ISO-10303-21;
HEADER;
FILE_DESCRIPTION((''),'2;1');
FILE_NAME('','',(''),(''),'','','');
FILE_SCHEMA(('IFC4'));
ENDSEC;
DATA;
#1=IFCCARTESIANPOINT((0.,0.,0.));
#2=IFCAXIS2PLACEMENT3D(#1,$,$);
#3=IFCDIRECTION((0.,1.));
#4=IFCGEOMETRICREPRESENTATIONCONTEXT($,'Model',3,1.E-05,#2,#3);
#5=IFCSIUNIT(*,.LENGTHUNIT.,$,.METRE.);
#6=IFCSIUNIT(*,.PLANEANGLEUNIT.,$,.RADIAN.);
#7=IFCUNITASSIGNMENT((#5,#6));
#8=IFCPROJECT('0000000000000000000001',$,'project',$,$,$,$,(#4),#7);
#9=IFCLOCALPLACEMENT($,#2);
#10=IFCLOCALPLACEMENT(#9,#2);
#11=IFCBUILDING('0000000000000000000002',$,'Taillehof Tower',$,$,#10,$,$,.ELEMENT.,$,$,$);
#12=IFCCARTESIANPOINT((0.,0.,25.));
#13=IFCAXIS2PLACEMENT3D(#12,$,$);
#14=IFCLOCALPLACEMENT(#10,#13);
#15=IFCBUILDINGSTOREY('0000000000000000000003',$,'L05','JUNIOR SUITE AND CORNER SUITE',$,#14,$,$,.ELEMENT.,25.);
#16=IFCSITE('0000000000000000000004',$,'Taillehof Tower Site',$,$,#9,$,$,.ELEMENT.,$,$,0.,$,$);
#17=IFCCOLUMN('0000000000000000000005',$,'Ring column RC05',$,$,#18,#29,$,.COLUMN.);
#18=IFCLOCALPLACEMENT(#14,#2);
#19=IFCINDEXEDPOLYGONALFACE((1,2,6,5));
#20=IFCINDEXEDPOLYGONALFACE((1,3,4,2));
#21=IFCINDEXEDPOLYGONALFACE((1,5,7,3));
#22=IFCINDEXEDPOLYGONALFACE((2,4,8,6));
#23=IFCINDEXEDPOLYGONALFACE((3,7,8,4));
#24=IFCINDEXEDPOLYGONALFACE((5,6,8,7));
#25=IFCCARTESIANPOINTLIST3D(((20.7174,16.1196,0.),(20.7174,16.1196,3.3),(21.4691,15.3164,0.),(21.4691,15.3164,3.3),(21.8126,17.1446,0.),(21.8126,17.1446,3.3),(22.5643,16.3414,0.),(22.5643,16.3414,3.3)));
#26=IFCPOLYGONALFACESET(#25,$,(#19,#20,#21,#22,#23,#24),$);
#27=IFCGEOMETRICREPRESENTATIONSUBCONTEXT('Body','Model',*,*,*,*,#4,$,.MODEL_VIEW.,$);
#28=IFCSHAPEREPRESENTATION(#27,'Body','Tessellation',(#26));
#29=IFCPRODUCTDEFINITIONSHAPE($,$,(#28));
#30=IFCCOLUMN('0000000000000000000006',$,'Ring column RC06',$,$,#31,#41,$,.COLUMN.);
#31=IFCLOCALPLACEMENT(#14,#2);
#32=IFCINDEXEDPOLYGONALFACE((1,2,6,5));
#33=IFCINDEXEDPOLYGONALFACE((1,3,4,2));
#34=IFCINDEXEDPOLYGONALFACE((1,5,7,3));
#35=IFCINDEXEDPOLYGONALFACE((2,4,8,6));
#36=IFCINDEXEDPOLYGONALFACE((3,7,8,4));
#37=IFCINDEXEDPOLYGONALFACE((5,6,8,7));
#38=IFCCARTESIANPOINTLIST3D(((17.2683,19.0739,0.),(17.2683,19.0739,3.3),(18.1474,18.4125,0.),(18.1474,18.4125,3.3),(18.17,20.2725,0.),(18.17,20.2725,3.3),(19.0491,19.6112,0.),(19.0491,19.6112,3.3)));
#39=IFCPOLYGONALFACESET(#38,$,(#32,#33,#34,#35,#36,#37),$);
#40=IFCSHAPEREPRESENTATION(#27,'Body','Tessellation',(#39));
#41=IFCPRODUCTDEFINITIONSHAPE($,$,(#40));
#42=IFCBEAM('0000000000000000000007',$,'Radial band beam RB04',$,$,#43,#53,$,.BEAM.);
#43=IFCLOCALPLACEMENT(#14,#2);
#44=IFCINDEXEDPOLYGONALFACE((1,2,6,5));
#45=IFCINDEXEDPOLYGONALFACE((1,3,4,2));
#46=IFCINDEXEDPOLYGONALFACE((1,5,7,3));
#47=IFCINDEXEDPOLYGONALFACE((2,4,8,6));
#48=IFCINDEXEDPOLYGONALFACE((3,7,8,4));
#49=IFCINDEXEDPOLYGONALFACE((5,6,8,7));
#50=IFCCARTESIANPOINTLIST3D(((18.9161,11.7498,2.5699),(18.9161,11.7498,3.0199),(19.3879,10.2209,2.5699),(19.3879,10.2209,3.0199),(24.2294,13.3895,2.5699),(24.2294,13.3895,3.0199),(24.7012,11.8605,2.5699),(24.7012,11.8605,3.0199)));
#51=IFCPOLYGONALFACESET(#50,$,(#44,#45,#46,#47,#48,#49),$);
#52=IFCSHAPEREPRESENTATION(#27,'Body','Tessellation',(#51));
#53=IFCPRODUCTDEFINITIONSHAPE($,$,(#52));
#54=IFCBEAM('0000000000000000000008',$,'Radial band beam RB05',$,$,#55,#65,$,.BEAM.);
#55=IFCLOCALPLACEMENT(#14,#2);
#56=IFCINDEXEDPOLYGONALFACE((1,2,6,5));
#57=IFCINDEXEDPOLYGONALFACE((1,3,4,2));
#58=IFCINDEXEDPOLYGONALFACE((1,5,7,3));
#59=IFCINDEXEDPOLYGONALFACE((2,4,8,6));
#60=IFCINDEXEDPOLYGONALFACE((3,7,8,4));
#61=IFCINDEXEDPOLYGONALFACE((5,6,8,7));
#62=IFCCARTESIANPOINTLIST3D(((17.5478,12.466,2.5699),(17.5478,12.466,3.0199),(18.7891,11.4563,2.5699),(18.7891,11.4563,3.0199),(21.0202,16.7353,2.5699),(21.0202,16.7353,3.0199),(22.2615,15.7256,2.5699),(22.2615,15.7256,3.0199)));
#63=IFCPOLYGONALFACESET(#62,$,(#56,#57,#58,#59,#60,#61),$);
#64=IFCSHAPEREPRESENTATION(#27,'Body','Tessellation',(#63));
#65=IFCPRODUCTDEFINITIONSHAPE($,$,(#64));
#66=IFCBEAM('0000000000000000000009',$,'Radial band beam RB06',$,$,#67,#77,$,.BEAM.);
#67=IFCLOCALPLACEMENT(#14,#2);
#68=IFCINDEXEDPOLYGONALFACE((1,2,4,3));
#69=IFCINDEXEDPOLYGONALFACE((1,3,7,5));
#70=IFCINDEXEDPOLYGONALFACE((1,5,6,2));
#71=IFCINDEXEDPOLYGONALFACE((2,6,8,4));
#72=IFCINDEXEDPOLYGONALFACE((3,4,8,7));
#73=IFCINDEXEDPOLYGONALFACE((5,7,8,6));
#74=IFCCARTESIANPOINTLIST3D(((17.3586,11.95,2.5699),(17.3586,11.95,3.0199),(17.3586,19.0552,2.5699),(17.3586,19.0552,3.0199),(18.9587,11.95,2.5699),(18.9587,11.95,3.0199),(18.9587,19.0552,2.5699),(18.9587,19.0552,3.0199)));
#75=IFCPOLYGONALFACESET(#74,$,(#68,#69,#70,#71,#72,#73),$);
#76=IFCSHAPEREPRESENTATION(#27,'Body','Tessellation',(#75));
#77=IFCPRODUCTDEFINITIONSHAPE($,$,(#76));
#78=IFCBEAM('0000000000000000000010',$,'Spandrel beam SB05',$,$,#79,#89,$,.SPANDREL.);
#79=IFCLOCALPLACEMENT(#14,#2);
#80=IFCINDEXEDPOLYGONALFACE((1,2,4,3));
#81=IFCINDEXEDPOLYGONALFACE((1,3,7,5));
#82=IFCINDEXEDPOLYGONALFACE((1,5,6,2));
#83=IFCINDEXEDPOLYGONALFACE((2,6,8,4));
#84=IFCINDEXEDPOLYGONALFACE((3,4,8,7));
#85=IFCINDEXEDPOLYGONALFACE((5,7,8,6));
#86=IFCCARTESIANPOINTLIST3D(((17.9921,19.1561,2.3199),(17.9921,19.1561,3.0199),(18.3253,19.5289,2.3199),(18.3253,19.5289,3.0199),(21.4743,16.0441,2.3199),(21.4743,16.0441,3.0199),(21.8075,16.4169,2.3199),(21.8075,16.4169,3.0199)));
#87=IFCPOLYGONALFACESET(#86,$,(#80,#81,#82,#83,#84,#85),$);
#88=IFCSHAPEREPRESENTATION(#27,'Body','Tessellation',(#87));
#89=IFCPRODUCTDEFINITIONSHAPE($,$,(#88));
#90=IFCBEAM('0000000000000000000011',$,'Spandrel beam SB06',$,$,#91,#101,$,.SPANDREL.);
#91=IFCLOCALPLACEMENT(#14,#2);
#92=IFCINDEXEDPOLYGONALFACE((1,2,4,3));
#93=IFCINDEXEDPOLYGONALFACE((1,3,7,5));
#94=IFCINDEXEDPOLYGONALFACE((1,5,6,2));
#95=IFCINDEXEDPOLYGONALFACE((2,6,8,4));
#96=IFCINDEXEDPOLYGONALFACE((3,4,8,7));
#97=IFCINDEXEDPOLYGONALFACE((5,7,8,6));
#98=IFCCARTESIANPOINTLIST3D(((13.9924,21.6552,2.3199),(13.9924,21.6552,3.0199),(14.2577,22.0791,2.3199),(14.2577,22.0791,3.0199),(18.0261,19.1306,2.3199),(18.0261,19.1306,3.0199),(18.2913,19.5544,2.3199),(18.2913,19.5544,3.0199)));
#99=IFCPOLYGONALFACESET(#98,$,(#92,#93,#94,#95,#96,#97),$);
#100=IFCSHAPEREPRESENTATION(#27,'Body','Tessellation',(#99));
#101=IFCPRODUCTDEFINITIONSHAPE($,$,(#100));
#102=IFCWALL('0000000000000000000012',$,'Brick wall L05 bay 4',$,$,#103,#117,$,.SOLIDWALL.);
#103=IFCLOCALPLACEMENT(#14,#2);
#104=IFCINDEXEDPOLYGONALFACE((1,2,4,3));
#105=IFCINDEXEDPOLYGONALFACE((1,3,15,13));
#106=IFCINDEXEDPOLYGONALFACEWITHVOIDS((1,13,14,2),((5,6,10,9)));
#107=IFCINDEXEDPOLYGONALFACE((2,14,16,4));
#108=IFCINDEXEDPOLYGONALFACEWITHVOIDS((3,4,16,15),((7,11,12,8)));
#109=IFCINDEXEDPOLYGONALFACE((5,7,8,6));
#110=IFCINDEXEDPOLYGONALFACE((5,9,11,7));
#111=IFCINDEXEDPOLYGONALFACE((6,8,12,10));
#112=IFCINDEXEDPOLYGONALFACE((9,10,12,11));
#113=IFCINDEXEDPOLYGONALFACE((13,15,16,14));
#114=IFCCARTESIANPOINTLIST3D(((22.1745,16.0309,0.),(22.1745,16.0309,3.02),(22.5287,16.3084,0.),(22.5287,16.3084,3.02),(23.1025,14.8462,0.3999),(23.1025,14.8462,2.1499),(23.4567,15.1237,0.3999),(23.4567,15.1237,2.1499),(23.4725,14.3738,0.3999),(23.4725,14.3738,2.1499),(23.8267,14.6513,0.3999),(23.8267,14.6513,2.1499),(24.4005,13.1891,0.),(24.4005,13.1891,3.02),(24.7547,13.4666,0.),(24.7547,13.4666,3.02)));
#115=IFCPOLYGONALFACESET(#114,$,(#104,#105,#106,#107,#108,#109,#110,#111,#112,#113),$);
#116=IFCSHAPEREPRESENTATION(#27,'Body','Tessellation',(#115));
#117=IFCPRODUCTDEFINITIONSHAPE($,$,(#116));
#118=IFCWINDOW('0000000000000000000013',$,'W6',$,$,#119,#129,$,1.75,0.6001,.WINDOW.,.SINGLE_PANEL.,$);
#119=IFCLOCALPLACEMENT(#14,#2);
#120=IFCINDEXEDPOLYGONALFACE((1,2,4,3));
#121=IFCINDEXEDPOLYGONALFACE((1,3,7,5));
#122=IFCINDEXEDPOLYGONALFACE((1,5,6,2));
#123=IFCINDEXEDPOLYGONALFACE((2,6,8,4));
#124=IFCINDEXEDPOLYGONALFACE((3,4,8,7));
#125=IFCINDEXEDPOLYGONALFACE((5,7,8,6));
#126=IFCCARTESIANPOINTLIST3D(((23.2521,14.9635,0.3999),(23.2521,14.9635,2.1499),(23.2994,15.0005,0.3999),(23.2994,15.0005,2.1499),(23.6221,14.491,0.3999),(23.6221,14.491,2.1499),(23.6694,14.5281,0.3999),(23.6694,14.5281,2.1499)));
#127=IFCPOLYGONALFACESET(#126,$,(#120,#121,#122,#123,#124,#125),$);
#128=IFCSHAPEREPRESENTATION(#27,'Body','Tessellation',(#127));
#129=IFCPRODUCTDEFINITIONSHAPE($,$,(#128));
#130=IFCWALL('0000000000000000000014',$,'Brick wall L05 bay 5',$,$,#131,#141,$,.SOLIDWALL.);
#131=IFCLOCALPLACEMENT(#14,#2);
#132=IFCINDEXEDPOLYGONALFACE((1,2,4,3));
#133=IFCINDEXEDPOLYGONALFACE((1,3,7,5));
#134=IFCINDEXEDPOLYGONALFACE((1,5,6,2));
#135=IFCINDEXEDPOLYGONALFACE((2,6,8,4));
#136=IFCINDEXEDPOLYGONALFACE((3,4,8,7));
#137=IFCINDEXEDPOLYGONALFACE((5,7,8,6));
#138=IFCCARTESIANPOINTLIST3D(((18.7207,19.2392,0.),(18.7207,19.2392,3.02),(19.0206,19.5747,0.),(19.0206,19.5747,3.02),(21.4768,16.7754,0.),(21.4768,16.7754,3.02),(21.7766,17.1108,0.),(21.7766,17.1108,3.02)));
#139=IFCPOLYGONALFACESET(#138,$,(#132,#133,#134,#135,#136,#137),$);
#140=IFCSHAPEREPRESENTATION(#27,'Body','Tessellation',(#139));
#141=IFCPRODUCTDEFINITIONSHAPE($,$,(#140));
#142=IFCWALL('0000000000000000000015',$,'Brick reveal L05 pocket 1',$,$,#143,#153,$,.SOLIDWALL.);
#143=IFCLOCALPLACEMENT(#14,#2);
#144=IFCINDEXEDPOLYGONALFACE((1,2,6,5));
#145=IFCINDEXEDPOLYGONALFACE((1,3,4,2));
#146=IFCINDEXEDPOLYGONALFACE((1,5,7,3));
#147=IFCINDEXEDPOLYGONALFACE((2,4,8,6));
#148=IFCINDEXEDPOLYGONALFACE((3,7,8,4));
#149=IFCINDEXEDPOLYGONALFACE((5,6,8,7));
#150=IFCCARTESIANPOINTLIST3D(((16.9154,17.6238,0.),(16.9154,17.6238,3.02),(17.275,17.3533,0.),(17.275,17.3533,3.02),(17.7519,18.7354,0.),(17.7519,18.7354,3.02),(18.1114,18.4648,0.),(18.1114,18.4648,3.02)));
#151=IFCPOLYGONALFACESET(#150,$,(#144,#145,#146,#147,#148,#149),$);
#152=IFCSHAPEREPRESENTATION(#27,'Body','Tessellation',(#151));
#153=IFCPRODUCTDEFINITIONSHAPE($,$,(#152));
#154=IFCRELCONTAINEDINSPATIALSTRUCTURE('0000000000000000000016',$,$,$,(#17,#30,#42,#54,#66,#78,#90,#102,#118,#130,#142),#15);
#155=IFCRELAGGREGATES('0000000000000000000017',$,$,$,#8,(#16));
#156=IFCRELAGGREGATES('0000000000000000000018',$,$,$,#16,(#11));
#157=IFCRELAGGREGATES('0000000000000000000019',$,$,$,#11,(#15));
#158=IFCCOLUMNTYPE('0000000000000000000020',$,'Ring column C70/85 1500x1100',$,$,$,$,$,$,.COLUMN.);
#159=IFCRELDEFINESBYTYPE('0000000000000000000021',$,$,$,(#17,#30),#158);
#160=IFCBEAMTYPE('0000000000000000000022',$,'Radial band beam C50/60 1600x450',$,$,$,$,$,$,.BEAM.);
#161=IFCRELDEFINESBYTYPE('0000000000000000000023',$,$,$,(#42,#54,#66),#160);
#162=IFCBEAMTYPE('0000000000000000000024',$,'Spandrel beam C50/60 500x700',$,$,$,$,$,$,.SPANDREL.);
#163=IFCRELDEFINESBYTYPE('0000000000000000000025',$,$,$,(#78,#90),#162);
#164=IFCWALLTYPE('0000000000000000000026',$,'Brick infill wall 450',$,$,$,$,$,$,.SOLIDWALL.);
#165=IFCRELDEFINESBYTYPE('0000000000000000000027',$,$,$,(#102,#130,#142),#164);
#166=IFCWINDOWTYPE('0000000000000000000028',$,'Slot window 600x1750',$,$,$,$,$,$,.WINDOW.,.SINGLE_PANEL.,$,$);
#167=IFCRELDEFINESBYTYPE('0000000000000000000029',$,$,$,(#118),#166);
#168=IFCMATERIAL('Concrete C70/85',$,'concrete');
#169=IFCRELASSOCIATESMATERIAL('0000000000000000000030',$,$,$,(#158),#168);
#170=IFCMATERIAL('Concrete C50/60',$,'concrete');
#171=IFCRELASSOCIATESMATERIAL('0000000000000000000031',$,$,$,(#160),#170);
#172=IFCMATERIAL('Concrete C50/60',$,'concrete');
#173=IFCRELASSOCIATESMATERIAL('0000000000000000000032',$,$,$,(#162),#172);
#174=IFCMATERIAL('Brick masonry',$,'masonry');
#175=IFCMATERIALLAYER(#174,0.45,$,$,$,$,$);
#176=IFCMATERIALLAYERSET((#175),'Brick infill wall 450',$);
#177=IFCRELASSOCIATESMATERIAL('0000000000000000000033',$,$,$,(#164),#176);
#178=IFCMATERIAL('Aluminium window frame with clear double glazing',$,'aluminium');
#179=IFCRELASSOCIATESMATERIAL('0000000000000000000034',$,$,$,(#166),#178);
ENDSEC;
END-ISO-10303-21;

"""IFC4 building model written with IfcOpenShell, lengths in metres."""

from ifc_helpers import new_model, si_unit, direction, frame, frame_2d, origin, origin_2d, place, context, subcontext, project, spatial, rectangle, extrude, material, layer, layer_set, material_profile, profile_set, type_object, element, fill, save


model = new_model("IFC4")

# Units and contexts
model_context = context("Model", 3, precision=1e-05, world=origin(), true_north=direction((0.0, 1.0)))
body_context = subcontext(model_context, "Body", "Model", "MODEL_VIEW")
ifc_project = project(units=[si_unit("LENGTHUNIT", "METRE"), si_unit("PLANEANGLEUNIT", "RADIAN")], contexts=[model_context])

# Site, building, storey
site_placement = place(None, origin())
site = spatial("IfcSite", under=ifc_project, at=site_placement, Name="Taillehof Tower Site", CompositionType="ELEMENT", RefElevation=0.0)
building_placement = place(site_placement, origin())
building = spatial("IfcBuilding", under=site, at=building_placement, Name="Taillehof Tower", CompositionType="ELEMENT")
storey_placement = place(building_placement, frame((0.0, 0.0, 25.0)))
storey = spatial("IfcBuildingStorey", under=building, at=storey_placement, Name="L05", Description="JUNIOR SUITE AND CORNER SUITE", CompositionType="ELEMENT", Elevation=25.0)

# Columns
ifc_material_1 = material(Name="Concrete C70/85", Category="concrete")
ifc_material_profile_1 = material_profile(ifc_material_1, rectangle(XDim=1.5, YDim=1.1001, at=origin_2d()), Name="RC 1500x1100")
ifc_profile_set_1 = profile_set([ifc_material_profile_1], Name="Concrete C70/85")
column_type = type_object("IfcColumnType", Name="Ring column C70/85 1500x1100", PredefinedType="COLUMN", material=ifc_profile_set_1)
for number, where, z_axis, x_axis, name in (
    (1, (21.6409, 16.2305, 0.0), (0.0, 0.0, 1.0), (0.730113, 0.683326, 0.0), "Ring column RC05"),
    (2, (18.1587, 19.3425, 0.0), (0.0, 0.0, 1.0), (0.601174, 0.799118, 0.0), "Ring column RC06"),
):
    element("IfcColumn", number, at=place(storey_placement, frame(where, z_axis=z_axis, x_axis=x_axis)), inside=storey, type_object=column_type, Name=name, PredefinedType="COLUMN", context=body_context, shape_type="SweptSolid", body=[
        extrude(rectangle(XDim=1.5, YDim=1.1001, at=origin_2d()), origin(), (0.0, 0.0, 1.0), 3.3),
    ])

# Beams
ifc_material_2 = material(Name="Concrete C50/60", Category="concrete")
ifc_material_profile_2 = material_profile(ifc_material_2, rectangle(XDim=1.6001, YDim=0.45, at=origin_2d()), Name="RC 1600x450")
ifc_profile_set_2 = profile_set([ifc_material_profile_2], Name="Concrete C50/60")
beam_type_1 = type_object("IfcBeamType", Name="Radial band beam C50/60 1600x450", PredefinedType="BEAM", material=ifc_profile_set_2)
beam_1_placement = place(storey_placement, frame((24.4653, 12.625, 2.7949), z_axis=(-0.955536, -0.294876, 0.0), x_axis=(0.294876, -0.955536, 0.0)))
element("IfcBeam", 3, at=beam_1_placement, inside=storey, type_object=beam_type_1, Name="Radial band beam RB04", PredefinedType="BEAM", context=body_context, shape_type="SweptSolid", body=[
    extrude(rectangle(XDim=1.6001, YDim=0.45, at=origin_2d()), origin(), (0.0, 0.0, 1.0), 5.5605),
])
beam_2_placement = place(storey_placement, frame((21.6409, 16.2305, 2.7949), z_axis=(-0.630988, -0.775792, 0.0), x_axis=(0.775792, -0.630988, 0.0)))
element("IfcBeam", 4, at=beam_2_placement, inside=storey, type_object=beam_type_1, Name="Radial band beam RB05", PredefinedType="BEAM", context=body_context, shape_type="SweptSolid", body=[
    extrude(rectangle(XDim=1.6001, YDim=0.45, at=origin_2d()), origin(), (0.0, 0.0, 1.0), 5.5032),
])
beam_3_placement = place(storey_placement, frame((18.1587, 19.0552, 2.7949), z_axis=(0.0, -1.0, 0.0), x_axis=(1.0, 0.0, 0.0)))
element("IfcBeam", 5, at=beam_3_placement, inside=storey, type_object=beam_type_1, Name="Radial band beam RB06", PredefinedType="BEAM", context=body_context, shape_type="SweptSolid", body=[
    extrude(rectangle(XDim=1.6001, YDim=0.45, at=origin_2d()), origin(), (0.0, 0.0, 1.0), 7.1052),
])
ifc_material_3 = material(Name="Concrete C50/60", Category="concrete")
ifc_material_profile_3 = material_profile(ifc_material_3, rectangle(XDim=0.5, YDim=0.7, at=origin_2d()), Name="RC 500x700")
ifc_profile_set_3 = profile_set([ifc_material_profile_3], Name="Concrete C50/60")
beam_type_2 = type_object("IfcBeamType", Name="Spandrel beam C50/60 500x700", PredefinedType="SPANDREL", material=ifc_profile_set_3)
beam_4_placement = place(storey_placement, frame((21.6409, 16.2305, 2.6699), z_axis=(-0.745621, 0.66637, 0.0), x_axis=(-0.66637, -0.745621, 0.0)))
element("IfcBeam", 6, at=beam_4_placement, inside=storey, type_object=beam_type_2, Name="Spandrel beam SB05", PredefinedType="SPANDREL", context=body_context, shape_type="SweptSolid", body=[
    extrude(rectangle(XDim=0.5, YDim=0.7, at=origin_2d()), origin(), (0.0, 0.0, 1.0), 4.6702),
])
beam_5_placement = place(storey_placement, frame((18.1587, 19.3425, 2.6699), z_axis=(-0.847658, 0.530543, 0.0), x_axis=(-0.530543, -0.847658, 0.0)))
element("IfcBeam", 7, at=beam_5_placement, inside=storey, type_object=beam_type_2, Name="Spandrel beam SB06", PredefinedType="SPANDREL", context=body_context, shape_type="SweptSolid", body=[
    extrude(rectangle(XDim=0.5, YDim=0.7, at=origin_2d()), origin(), (0.0, 0.0, 1.0), 4.7585),
])

# Wall, opening, window
ifc_material_4 = material(Name="Brick masonry", Category="masonry")
ifc_layer_1 = layer(ifc_material_4, 0.45)
ifc_layer_set_1 = layer_set([ifc_layer_1], Name="Brick infill wall 450")
wall_type_1 = type_object("IfcWallType", Name="Brick infill wall 450", PredefinedType="SOLIDWALL", material=ifc_layer_set_1)
wall_1_placement = place(storey_placement, frame((24.5776, 13.3279, 0.0), z_axis=(0.0, 0.0, 1.0), x_axis=(-0.616662, 0.787228, 0.0)))
wall_1 = element("IfcWall", 8, at=wall_1_placement, inside=storey, type_object=wall_type_1, Name="Brick wall L05 bay 4", PredefinedType="SOLIDWALL", context=body_context, shape_type="SweptSolid", body=[
    extrude(rectangle(XDim=3.6099, YDim=0.45, at=frame_2d((1.8049, 0.0))), origin(), (0.0, 0.0, 1.0), 3.02),
])
opening_1_placement = place(wall_1_placement, frame((1.5049, 0.0, 0.3999)))
opening_1 = element("IfcOpeningElement", 9, at=opening_1_placement, cuts=wall_1, PredefinedType="OPENING", context=body_context, shape_type="SweptSolid", body=[
    extrude(rectangle(XDim=0.6001, YDim=1.75, at=frame_2d((0.3, 0.875))), frame((0.0, 0.2349, 0.0), z_axis=(0.0, -1.0, 0.0), x_axis=(1.0, 0.0, 0.0)), (0.0, 0.0, 1.0), 0.47),
])
ifc_material_5 = material(Name="Aluminium window frame with clear double glazing", Category="aluminium")
window_type = type_object("IfcWindowType", Name="Slot window 600x1750", PartitioningType="SINGLE_PANEL", PredefinedType="WINDOW", material=ifc_material_5)
window_placement = place(opening_1_placement, origin())
window = element("IfcWindow", 10, at=window_placement, inside=storey, type_object=window_type, Name="W6", OverallHeight=1.75, OverallWidth=0.6001, PartitioningType="SINGLE_PANEL", PredefinedType="WINDOW", context=body_context, shape_type="SweptSolid", body=[
    extrude(rectangle(XDim=0.6001, YDim=1.75, at=frame_2d((0.3, 0.875))), frame((0.0, 0.0349, 0.0), z_axis=(0.0, -1.0, 0.0), x_axis=(1.0, 0.0, 0.0)), (0.0, 0.0, 1.0), 0.0601),
])
fill(opening_1, window)

# Walls
wall_2_placement = place(storey_placement, frame((21.6267, 16.9431, 0.0), z_axis=(0.0, 0.0, 1.0), x_axis=(-0.745526, 0.666476, 0.0)))
element("IfcWall", 11, at=wall_2_placement, inside=storey, type_object=wall_type_1, Name="Brick wall L05 bay 5", PredefinedType="SOLIDWALL", context=body_context, shape_type="SweptSolid", body=[
    extrude(rectangle(XDim=3.6968, YDim=0.45, at=frame_2d((1.8484, 0.0))), origin(), (0.0, 0.0, 1.0), 3.02),
])
wall_3_placement = place(storey_placement, frame((17.9316, 18.6001, 0.0), z_axis=(0.0, 0.0, 1.0), x_axis=(-0.601263, -0.799051, 0.0)))
element("IfcWall", 12, at=wall_3_placement, inside=storey, type_object=wall_type_1, Name="Brick reveal L05 pocket 1", PredefinedType="SOLIDWALL", context=body_context, shape_type="SweptSolid", body=[
    extrude(rectangle(XDim=1.3911, YDim=0.45, at=frame_2d((0.6956, 0.0))), origin(), (0.0, 0.0, 1.0), 3.02),
])

save(model, "model.ifc")
